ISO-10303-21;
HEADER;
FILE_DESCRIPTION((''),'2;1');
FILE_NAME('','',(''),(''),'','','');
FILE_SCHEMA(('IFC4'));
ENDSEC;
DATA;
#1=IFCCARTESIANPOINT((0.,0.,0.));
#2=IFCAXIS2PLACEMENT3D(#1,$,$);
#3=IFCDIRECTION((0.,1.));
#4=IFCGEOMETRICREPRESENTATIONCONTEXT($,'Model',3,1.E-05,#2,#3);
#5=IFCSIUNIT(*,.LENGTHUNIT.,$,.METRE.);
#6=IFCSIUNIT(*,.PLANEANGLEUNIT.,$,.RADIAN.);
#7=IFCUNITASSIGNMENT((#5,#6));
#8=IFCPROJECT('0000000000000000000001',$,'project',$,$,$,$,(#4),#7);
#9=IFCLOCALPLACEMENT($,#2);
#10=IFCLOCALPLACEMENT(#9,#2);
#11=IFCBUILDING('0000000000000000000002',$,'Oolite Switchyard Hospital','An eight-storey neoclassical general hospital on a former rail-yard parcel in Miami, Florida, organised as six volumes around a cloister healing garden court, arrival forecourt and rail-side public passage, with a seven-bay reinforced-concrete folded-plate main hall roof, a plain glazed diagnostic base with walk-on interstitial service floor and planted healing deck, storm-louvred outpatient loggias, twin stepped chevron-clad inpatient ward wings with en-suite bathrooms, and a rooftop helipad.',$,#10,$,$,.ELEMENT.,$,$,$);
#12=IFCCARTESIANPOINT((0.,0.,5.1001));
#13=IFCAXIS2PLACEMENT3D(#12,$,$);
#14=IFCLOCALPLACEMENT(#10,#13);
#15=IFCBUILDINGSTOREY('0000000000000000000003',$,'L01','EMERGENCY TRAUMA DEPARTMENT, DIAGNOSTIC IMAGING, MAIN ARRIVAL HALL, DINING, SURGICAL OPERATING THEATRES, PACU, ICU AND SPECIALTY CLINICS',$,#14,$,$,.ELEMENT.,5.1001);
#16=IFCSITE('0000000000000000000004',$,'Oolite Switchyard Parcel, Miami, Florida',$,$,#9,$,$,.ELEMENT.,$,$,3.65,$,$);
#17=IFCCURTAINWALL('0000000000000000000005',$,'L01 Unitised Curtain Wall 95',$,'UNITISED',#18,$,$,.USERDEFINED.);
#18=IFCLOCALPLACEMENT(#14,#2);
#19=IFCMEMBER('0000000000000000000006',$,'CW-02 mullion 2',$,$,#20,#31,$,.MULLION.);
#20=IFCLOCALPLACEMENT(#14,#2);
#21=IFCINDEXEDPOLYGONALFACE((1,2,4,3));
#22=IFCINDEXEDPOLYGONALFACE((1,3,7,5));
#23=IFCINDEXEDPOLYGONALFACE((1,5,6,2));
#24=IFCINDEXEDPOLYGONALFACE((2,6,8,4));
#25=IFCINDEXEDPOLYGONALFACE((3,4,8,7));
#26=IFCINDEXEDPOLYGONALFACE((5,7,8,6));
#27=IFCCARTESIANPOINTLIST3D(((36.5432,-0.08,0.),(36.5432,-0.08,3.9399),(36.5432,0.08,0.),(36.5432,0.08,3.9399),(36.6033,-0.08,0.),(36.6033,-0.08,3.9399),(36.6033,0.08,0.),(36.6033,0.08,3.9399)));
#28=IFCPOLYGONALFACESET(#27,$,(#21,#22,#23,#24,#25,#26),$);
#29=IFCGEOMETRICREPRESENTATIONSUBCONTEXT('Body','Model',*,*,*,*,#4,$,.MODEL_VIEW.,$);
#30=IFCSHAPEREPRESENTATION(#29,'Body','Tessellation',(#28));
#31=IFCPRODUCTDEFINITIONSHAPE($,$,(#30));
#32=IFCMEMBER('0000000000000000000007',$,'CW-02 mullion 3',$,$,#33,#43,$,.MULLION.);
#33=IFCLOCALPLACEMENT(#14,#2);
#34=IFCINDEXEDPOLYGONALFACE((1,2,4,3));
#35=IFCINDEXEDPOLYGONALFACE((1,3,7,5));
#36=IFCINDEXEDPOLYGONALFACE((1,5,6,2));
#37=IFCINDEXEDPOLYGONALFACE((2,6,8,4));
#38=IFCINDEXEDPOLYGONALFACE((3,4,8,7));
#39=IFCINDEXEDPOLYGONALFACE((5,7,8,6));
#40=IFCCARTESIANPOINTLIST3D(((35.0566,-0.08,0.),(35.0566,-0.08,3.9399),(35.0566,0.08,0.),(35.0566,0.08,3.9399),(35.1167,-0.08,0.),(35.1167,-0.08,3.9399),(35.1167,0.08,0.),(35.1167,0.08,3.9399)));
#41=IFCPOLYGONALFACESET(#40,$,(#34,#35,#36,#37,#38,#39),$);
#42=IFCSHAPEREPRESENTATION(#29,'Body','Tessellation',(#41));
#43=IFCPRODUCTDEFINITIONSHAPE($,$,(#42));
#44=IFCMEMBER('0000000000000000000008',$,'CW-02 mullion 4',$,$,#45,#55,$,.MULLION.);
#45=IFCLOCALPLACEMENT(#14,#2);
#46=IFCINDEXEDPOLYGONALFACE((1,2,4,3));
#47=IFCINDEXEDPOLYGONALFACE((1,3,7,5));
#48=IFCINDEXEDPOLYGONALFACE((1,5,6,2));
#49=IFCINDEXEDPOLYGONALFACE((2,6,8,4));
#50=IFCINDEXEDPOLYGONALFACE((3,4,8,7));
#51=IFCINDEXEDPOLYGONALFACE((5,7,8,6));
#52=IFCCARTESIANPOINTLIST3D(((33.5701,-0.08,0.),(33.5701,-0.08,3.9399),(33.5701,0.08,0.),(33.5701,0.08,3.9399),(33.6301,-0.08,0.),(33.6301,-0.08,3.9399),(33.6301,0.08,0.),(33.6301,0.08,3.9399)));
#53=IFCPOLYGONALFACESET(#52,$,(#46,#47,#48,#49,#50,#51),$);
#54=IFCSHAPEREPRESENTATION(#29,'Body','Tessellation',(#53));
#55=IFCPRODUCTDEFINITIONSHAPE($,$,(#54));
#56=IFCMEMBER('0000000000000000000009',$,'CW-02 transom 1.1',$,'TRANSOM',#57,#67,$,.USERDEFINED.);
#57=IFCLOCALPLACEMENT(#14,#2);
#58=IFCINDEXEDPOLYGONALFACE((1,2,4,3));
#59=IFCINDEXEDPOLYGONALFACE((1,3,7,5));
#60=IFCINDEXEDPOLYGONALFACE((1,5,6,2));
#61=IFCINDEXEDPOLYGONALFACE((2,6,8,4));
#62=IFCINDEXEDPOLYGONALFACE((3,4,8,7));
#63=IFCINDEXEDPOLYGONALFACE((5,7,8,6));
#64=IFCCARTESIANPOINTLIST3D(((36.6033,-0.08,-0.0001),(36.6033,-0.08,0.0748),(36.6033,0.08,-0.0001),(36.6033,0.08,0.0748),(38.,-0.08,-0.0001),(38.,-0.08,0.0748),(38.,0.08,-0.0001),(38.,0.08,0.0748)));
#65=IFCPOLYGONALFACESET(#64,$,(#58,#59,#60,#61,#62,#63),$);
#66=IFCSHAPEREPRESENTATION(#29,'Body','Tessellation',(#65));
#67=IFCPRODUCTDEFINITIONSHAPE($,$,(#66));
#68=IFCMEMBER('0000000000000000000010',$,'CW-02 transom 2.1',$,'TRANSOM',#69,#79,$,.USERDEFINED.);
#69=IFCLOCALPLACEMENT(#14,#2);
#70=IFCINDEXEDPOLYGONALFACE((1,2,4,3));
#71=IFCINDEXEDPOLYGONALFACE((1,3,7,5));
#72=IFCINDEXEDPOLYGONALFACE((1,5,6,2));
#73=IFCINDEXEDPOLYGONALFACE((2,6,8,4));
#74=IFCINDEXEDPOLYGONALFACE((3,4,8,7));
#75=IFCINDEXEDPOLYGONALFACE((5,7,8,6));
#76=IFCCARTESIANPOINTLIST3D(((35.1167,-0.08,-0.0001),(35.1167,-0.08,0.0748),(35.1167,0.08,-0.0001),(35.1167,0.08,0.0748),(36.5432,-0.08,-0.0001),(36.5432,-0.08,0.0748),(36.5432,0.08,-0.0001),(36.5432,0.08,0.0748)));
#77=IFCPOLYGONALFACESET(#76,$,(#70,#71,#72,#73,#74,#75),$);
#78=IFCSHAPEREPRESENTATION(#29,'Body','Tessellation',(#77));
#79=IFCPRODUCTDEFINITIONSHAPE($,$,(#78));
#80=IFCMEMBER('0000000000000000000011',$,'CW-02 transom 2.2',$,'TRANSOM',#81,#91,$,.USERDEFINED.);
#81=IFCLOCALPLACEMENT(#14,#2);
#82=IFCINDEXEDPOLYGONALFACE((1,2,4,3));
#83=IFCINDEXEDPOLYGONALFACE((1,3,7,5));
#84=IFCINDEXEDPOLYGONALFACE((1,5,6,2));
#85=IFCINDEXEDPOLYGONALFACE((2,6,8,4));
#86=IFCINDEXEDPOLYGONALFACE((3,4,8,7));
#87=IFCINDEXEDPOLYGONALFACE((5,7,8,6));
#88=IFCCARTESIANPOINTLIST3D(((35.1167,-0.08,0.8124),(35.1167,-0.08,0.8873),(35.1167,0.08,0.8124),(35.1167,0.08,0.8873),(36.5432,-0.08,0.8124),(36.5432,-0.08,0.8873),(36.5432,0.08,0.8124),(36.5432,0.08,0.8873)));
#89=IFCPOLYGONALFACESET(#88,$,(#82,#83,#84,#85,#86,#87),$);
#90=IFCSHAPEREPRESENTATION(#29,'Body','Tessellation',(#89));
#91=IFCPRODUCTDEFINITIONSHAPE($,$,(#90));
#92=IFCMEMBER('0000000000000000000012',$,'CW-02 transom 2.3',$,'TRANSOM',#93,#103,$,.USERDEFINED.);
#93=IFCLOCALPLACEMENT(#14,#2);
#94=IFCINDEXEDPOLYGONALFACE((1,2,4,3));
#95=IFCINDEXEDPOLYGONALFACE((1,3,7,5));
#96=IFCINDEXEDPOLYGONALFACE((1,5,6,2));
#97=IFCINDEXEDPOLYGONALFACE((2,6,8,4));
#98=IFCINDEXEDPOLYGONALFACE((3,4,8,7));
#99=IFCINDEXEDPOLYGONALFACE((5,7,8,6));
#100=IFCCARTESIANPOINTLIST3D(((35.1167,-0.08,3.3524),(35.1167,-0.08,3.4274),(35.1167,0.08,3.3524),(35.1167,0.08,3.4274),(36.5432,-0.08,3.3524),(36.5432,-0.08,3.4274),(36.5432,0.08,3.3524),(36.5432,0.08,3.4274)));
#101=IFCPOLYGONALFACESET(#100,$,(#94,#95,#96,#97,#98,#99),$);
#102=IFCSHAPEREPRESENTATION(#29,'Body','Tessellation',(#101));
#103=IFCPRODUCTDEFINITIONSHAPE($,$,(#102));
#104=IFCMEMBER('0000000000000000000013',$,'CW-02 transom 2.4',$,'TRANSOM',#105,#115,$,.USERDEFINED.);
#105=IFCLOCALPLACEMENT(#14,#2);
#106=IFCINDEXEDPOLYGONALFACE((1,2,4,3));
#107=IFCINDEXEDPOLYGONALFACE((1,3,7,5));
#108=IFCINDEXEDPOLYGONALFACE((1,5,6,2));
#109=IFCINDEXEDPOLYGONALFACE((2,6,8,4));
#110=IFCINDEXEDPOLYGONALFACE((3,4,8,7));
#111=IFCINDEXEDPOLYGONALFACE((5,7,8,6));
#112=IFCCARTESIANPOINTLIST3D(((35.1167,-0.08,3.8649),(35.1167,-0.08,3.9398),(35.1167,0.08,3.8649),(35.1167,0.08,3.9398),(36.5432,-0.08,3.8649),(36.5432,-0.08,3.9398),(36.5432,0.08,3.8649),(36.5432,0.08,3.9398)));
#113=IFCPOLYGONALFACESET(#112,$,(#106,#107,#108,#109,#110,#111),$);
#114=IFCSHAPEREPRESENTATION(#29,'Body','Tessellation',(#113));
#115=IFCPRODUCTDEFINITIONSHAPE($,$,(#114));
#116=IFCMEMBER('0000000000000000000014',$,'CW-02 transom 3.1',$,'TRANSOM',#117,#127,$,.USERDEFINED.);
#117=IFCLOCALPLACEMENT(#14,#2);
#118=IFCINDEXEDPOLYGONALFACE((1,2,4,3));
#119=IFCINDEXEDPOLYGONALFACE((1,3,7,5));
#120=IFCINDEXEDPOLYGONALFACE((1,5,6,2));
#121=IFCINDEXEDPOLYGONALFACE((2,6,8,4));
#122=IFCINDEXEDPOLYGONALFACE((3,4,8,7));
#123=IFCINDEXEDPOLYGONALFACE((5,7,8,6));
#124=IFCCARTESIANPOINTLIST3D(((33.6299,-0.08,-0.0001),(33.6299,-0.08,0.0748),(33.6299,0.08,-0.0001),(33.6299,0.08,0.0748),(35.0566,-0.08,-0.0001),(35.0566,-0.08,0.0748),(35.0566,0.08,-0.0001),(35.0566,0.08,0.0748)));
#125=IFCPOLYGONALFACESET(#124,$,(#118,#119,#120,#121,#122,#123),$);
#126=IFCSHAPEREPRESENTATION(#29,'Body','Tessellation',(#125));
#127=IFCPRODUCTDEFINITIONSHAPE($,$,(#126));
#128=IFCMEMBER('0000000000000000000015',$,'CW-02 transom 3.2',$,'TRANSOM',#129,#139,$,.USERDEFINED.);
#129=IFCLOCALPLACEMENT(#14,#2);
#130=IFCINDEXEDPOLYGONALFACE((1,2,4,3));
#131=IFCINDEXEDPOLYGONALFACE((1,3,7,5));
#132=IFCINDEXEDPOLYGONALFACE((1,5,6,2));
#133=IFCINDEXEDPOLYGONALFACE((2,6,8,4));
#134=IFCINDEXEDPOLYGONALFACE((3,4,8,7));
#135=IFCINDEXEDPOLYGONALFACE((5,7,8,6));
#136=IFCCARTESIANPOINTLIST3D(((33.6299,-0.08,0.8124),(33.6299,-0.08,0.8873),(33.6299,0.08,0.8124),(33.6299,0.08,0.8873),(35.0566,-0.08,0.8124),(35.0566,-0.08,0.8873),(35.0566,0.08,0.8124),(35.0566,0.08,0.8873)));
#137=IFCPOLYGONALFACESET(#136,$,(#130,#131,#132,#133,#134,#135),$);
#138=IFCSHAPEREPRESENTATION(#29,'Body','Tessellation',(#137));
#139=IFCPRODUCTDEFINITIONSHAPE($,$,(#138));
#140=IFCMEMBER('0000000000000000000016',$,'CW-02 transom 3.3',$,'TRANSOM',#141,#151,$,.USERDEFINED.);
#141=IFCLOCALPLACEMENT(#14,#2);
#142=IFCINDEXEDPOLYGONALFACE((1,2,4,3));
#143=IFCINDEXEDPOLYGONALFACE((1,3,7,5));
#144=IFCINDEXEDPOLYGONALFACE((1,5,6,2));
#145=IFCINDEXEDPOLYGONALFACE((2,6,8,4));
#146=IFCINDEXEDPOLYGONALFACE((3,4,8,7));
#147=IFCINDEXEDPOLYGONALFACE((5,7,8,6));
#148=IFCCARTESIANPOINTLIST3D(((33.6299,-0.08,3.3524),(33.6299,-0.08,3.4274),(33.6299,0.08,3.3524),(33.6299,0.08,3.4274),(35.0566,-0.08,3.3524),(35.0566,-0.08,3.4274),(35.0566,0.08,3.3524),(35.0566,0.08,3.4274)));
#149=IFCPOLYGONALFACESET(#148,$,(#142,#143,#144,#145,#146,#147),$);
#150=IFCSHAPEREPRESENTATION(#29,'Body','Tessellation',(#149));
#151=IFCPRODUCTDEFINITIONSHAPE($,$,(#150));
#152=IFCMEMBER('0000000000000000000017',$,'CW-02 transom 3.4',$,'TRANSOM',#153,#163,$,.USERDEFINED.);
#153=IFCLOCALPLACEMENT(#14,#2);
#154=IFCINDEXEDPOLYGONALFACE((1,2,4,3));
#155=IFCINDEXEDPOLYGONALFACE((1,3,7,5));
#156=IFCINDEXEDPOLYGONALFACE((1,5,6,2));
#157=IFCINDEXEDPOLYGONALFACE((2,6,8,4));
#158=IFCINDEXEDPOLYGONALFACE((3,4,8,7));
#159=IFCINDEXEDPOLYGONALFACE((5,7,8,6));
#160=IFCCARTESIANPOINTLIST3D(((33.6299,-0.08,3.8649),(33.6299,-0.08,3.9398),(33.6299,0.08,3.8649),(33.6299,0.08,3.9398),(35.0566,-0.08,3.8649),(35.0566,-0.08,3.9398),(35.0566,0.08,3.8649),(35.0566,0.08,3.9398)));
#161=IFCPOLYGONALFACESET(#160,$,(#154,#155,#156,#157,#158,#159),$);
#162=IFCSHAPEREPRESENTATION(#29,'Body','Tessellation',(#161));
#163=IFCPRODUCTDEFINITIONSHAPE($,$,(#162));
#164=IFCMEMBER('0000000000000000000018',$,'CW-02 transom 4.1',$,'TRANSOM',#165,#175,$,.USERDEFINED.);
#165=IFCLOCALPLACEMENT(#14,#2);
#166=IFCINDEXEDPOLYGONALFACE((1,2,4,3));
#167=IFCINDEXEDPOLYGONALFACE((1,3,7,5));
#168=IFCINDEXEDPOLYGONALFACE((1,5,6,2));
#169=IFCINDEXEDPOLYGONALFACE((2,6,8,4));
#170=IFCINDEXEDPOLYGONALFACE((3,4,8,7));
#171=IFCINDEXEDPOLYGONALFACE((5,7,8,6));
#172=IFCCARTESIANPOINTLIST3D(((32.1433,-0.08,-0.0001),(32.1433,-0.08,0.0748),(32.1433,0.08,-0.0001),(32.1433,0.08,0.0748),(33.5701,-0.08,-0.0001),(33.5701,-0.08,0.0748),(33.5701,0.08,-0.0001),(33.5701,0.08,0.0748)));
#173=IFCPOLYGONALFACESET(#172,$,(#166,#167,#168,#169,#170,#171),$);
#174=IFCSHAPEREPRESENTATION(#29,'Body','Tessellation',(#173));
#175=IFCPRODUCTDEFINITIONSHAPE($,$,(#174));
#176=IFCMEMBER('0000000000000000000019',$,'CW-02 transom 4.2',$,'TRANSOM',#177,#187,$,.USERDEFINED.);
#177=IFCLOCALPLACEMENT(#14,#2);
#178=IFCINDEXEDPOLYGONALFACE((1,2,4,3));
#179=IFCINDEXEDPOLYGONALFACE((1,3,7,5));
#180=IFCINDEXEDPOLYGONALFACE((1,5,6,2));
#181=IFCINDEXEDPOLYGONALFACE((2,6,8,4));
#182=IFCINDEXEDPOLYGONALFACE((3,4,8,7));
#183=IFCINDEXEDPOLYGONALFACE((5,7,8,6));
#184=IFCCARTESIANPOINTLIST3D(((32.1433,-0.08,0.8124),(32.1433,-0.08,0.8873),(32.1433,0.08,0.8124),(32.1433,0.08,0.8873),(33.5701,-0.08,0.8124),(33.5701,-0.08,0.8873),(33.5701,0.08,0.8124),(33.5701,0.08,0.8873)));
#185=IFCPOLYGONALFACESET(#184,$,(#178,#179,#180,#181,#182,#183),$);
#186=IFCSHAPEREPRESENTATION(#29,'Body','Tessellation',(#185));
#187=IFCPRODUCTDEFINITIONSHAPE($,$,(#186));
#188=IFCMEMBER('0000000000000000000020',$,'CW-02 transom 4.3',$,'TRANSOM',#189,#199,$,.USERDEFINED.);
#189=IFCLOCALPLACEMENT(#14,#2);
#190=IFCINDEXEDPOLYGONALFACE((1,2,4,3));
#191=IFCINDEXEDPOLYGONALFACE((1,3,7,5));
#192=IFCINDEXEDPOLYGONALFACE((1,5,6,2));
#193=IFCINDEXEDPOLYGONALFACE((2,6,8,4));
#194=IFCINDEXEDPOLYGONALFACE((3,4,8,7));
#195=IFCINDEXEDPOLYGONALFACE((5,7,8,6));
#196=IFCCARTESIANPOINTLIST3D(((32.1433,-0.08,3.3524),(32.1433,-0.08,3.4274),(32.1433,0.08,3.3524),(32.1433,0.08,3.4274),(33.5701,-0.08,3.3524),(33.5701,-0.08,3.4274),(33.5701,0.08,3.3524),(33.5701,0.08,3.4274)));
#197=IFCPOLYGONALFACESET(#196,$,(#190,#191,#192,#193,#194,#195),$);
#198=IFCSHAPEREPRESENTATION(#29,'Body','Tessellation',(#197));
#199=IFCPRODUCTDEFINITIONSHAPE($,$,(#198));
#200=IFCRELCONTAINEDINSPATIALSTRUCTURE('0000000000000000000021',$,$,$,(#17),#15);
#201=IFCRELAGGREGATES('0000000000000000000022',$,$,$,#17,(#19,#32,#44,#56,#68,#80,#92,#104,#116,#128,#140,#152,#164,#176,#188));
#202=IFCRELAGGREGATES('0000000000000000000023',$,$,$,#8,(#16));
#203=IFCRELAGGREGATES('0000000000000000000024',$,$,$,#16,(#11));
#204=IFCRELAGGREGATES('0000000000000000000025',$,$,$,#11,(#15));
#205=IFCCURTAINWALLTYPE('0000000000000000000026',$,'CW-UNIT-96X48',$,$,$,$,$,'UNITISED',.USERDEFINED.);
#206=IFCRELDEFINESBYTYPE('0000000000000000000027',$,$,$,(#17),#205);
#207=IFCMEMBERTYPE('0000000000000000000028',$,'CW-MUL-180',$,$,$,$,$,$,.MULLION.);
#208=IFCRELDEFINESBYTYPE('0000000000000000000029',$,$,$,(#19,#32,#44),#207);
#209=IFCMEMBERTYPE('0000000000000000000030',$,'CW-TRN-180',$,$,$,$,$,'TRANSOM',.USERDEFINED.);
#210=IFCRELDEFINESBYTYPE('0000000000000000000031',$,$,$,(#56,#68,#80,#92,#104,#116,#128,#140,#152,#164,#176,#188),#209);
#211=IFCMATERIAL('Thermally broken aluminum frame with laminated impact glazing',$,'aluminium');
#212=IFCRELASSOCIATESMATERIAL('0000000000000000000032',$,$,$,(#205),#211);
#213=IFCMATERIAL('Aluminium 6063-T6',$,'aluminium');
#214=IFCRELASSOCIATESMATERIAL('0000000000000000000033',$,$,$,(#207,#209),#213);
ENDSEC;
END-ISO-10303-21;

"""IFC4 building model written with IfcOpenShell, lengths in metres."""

from ifc_helpers import new_model, si_unit, direction, frame, origin, origin_2d, place, context, subcontext, project, spatial, rectangle, extrude, material, material_profile, profile_set, type_object, element, aggregate, save


model = new_model("IFC4")

# Units and contexts
model_context = context("Model", 3, precision=1e-05, world=origin(), true_north=direction((0.0, 1.0)))
body_context = subcontext(model_context, "Body", "Model", "MODEL_VIEW")
ifc_project = project(units=[si_unit("LENGTHUNIT", "METRE"), si_unit("PLANEANGLEUNIT", "RADIAN")], contexts=[model_context])

# Site, building, storey
site_placement = place(None, origin())
site = spatial("IfcSite", under=ifc_project, at=site_placement, Name="Oolite Switchyard Parcel, Miami, Florida", CompositionType="ELEMENT", RefElevation=3.65)
building_placement = place(site_placement, origin())
building = spatial("IfcBuilding", under=site, at=building_placement, Name="Oolite Switchyard Hospital", Description="An eight-storey neoclassical general hospital on a former rail-yard parcel in Miami, Florida, organised as six volumes around a cloister healing garden court, arrival forecourt and rail-side public passage, with a seven-bay reinforced-concrete folded-plate main hall roof, a plain glazed diagnostic base with walk-on interstitial service floor and planted healing deck, storm-louvred outpatient loggias, twin stepped chevron-clad inpatient ward wings with en-suite bathrooms, and a rooftop helipad.", CompositionType="ELEMENT")
storey_placement = place(building_placement, frame((0.0, 0.0, 5.1001)))
storey = spatial("IfcBuildingStorey", under=building, at=storey_placement, Name="L01", Description="EMERGENCY TRAUMA DEPARTMENT, DIAGNOSTIC IMAGING, MAIN ARRIVAL HALL, DINING, SURGICAL OPERATING THEATRES, PACU, ICU AND SPECIALTY CLINICS", CompositionType="ELEMENT", Elevation=5.1001)

# Curtain wall, members
ifc_material_1 = material(Name="Thermally broken aluminum frame with laminated impact glazing", Category="aluminium")
curtain_wall_type = type_object("IfcCurtainWallType", Name="CW-UNIT-96X48", ElementType="UNITISED", PredefinedType="USERDEFINED", material=ifc_material_1)
curtain_wall_placement = place(storey_placement, origin())
curtain_wall = element("IfcCurtainWall", 1, at=curtain_wall_placement, inside=storey, type_object=curtain_wall_type, Name="L01 Unitised Curtain Wall 95", ObjectType="UNITISED", PredefinedType="USERDEFINED")
ifc_material_2 = material(Name="Aluminium 6063-T6", Category="aluminium")
ifc_material_profile_1 = material_profile(ifc_material_2, rectangle(XDim=0.1599, YDim=0.0601, at=origin_2d()), Name="CWM60X160")
ifc_profile_set_1 = profile_set([ifc_material_profile_1], Name="Aluminium 6063-T6")
member_type_1 = type_object("IfcMemberType", Name="CW-MUL-180", PredefinedType="MULLION", material=ifc_profile_set_1)
member_1_placement = place(storey_placement, frame((36.5732, 0.0, 0.0), z_axis=(0.0, 0.0, 1.0), x_axis=(0.0, -1.0, 0.0)))
member_1 = element("IfcMember", 2, at=member_1_placement, type_object=member_type_1, Name="CW-02 mullion 2", PredefinedType="MULLION", context=body_context, shape_type="SweptSolid", body=[
    extrude(rectangle(XDim=0.1599, YDim=0.0601, at=origin_2d()), origin(), (0.0, 0.0, 1.0), 3.9399),
])
member_2_placement = place(storey_placement, frame((35.0867, 0.0, 0.0), z_axis=(0.0, 0.0, 1.0), x_axis=(0.0, -1.0, 0.0)))
member_2 = element("IfcMember", 3, at=member_2_placement, type_object=member_type_1, Name="CW-02 mullion 3", PredefinedType="MULLION", context=body_context, shape_type="SweptSolid", body=[
    extrude(rectangle(XDim=0.1599, YDim=0.0601, at=origin_2d()), origin(), (0.0, 0.0, 1.0), 3.9399),
])
member_3_placement = place(storey_placement, frame((33.6001, 0.0, 0.0), z_axis=(0.0, 0.0, 1.0), x_axis=(0.0, -1.0, 0.0)))
member_3 = element("IfcMember", 4, at=member_3_placement, type_object=member_type_1, Name="CW-02 mullion 4", PredefinedType="MULLION", context=body_context, shape_type="SweptSolid", body=[
    extrude(rectangle(XDim=0.1599, YDim=0.0601, at=origin_2d()), origin(), (0.0, 0.0, 1.0), 3.9399),
])
ifc_material_profile_2 = material_profile(ifc_material_2, rectangle(XDim=0.1599, YDim=0.075, at=origin_2d()), Name="CWT75X160")
ifc_profile_set_2 = profile_set([ifc_material_profile_2], Name="Aluminium 6063-T6")
member_type_2 = type_object("IfcMemberType", Name="CW-TRN-180", ElementType="TRANSOM", PredefinedType="USERDEFINED", material=ifc_profile_set_2)
member_4_placement = place(storey_placement, frame((38.0, 0.0, 0.0374), z_axis=(-1.0, 0.0, 0.0), x_axis=(0.0, -1.0, 0.0)))
member_4 = element("IfcMember", 5, at=member_4_placement, type_object=member_type_2, Name="CW-02 transom 1.1", ObjectType="TRANSOM", PredefinedType="USERDEFINED", context=body_context, shape_type="SweptSolid", body=[
    extrude(rectangle(XDim=0.1599, YDim=0.075, at=origin_2d()), origin(), (0.0, 0.0, 1.0), 1.3967),
])
member_5_placement = place(storey_placement, frame((36.5432, 0.0, 0.0374), z_axis=(-1.0, 0.0, 0.0), x_axis=(0.0, -1.0, 0.0)))
member_5 = element("IfcMember", 6, at=member_5_placement, type_object=member_type_2, Name="CW-02 transom 2.1", ObjectType="TRANSOM", PredefinedType="USERDEFINED", context=body_context, shape_type="SweptSolid", body=[
    extrude(rectangle(XDim=0.1599, YDim=0.075, at=origin_2d()), origin(), (0.0, 0.0, 1.0), 1.4265),
])
member_6_placement = place(storey_placement, frame((36.5432, 0.0, 0.8499), z_axis=(-1.0, 0.0, 0.0), x_axis=(0.0, -1.0, 0.0)))
member_6 = element("IfcMember", 7, at=member_6_placement, type_object=member_type_2, Name="CW-02 transom 2.2", ObjectType="TRANSOM", PredefinedType="USERDEFINED", context=body_context, shape_type="SweptSolid", body=[
    extrude(rectangle(XDim=0.1599, YDim=0.075, at=origin_2d()), origin(), (0.0, 0.0, 1.0), 1.4265),
])
member_7_placement = place(storey_placement, frame((36.5432, 0.0, 3.3899), z_axis=(-1.0, 0.0, 0.0), x_axis=(0.0, -1.0, 0.0)))
member_7 = element("IfcMember", 8, at=member_7_placement, type_object=member_type_2, Name="CW-02 transom 2.3", ObjectType="TRANSOM", PredefinedType="USERDEFINED", context=body_context, shape_type="SweptSolid", body=[
    extrude(rectangle(XDim=0.1599, YDim=0.075, at=origin_2d()), origin(), (0.0, 0.0, 1.0), 1.4265),
])
member_8_placement = place(storey_placement, frame((36.5432, 0.0, 3.9023), z_axis=(-1.0, 0.0, 0.0), x_axis=(0.0, -1.0, 0.0)))
member_8 = element("IfcMember", 9, at=member_8_placement, type_object=member_type_2, Name="CW-02 transom 2.4", ObjectType="TRANSOM", PredefinedType="USERDEFINED", context=body_context, shape_type="SweptSolid", body=[
    extrude(rectangle(XDim=0.1599, YDim=0.075, at=origin_2d()), origin(), (0.0, 0.0, 1.0), 1.4265),
])
member_9_placement = place(storey_placement, frame((35.0566, 0.0, 0.0374), z_axis=(-1.0, 0.0, 0.0), x_axis=(0.0, -1.0, 0.0)))
member_9 = element("IfcMember", 10, at=member_9_placement, type_object=member_type_2, Name="CW-02 transom 3.1", ObjectType="TRANSOM", PredefinedType="USERDEFINED", context=body_context, shape_type="SweptSolid", body=[
    extrude(rectangle(XDim=0.1599, YDim=0.075, at=origin_2d()), origin(), (0.0, 0.0, 1.0), 1.4268),
])
member_10_placement = place(storey_placement, frame((35.0566, 0.0, 0.8499), z_axis=(-1.0, 0.0, 0.0), x_axis=(0.0, -1.0, 0.0)))
member_10 = element("IfcMember", 11, at=member_10_placement, type_object=member_type_2, Name="CW-02 transom 3.2", ObjectType="TRANSOM", PredefinedType="USERDEFINED", context=body_context, shape_type="SweptSolid", body=[
    extrude(rectangle(XDim=0.1599, YDim=0.075, at=origin_2d()), origin(), (0.0, 0.0, 1.0), 1.4268),
])
member_11_placement = place(storey_placement, frame((35.0566, 0.0, 3.3899), z_axis=(-1.0, 0.0, 0.0), x_axis=(0.0, -1.0, 0.0)))
member_11 = element("IfcMember", 12, at=member_11_placement, type_object=member_type_2, Name="CW-02 transom 3.3", ObjectType="TRANSOM", PredefinedType="USERDEFINED", context=body_context, shape_type="SweptSolid", body=[
    extrude(rectangle(XDim=0.1599, YDim=0.075, at=origin_2d()), origin(), (0.0, 0.0, 1.0), 1.4268),
])
member_12_placement = place(storey_placement, frame((35.0566, 0.0, 3.9023), z_axis=(-1.0, 0.0, 0.0), x_axis=(0.0, -1.0, 0.0)))
member_12 = element("IfcMember", 13, at=member_12_placement, type_object=member_type_2, Name="CW-02 transom 3.4", ObjectType="TRANSOM", PredefinedType="USERDEFINED", context=body_context, shape_type="SweptSolid", body=[
    extrude(rectangle(XDim=0.1599, YDim=0.075, at=origin_2d()), origin(), (0.0, 0.0, 1.0), 1.4268),
])
member_13_placement = place(storey_placement, frame((33.5701, 0.0, 0.0374), z_axis=(-1.0, 0.0, 0.0), x_axis=(0.0, -1.0, 0.0)))
member_13 = element("IfcMember", 14, at=member_13_placement, type_object=member_type_2, Name="CW-02 transom 4.1", ObjectType="TRANSOM", PredefinedType="USERDEFINED", context=body_context, shape_type="SweptSolid", body=[
    extrude(rectangle(XDim=0.1599, YDim=0.075, at=origin_2d()), origin(), (0.0, 0.0, 1.0), 1.4268),
])
member_14_placement = place(storey_placement, frame((33.5701, 0.0, 0.8499), z_axis=(-1.0, 0.0, 0.0), x_axis=(0.0, -1.0, 0.0)))
member_14 = element("IfcMember", 15, at=member_14_placement, type_object=member_type_2, Name="CW-02 transom 4.2", ObjectType="TRANSOM", PredefinedType="USERDEFINED", context=body_context, shape_type="SweptSolid", body=[
    extrude(rectangle(XDim=0.1599, YDim=0.075, at=origin_2d()), origin(), (0.0, 0.0, 1.0), 1.4268),
])
member_15_placement = place(storey_placement, frame((33.5701, 0.0, 3.3899), z_axis=(-1.0, 0.0, 0.0), x_axis=(0.0, -1.0, 0.0)))
member_15 = element("IfcMember", 16, at=member_15_placement, type_object=member_type_2, Name="CW-02 transom 4.3", ObjectType="TRANSOM", PredefinedType="USERDEFINED", context=body_context, shape_type="SweptSolid", body=[
    extrude(rectangle(XDim=0.1599, YDim=0.075, at=origin_2d()), origin(), (0.0, 0.0, 1.0), 1.4268),
])
aggregate(curtain_wall, [member_1, member_2, member_3, member_4, member_5, member_6, member_7, member_8, member_9, member_10, member_11, member_12, member_13, member_14, member_15])

save(model, "model.ifc")
